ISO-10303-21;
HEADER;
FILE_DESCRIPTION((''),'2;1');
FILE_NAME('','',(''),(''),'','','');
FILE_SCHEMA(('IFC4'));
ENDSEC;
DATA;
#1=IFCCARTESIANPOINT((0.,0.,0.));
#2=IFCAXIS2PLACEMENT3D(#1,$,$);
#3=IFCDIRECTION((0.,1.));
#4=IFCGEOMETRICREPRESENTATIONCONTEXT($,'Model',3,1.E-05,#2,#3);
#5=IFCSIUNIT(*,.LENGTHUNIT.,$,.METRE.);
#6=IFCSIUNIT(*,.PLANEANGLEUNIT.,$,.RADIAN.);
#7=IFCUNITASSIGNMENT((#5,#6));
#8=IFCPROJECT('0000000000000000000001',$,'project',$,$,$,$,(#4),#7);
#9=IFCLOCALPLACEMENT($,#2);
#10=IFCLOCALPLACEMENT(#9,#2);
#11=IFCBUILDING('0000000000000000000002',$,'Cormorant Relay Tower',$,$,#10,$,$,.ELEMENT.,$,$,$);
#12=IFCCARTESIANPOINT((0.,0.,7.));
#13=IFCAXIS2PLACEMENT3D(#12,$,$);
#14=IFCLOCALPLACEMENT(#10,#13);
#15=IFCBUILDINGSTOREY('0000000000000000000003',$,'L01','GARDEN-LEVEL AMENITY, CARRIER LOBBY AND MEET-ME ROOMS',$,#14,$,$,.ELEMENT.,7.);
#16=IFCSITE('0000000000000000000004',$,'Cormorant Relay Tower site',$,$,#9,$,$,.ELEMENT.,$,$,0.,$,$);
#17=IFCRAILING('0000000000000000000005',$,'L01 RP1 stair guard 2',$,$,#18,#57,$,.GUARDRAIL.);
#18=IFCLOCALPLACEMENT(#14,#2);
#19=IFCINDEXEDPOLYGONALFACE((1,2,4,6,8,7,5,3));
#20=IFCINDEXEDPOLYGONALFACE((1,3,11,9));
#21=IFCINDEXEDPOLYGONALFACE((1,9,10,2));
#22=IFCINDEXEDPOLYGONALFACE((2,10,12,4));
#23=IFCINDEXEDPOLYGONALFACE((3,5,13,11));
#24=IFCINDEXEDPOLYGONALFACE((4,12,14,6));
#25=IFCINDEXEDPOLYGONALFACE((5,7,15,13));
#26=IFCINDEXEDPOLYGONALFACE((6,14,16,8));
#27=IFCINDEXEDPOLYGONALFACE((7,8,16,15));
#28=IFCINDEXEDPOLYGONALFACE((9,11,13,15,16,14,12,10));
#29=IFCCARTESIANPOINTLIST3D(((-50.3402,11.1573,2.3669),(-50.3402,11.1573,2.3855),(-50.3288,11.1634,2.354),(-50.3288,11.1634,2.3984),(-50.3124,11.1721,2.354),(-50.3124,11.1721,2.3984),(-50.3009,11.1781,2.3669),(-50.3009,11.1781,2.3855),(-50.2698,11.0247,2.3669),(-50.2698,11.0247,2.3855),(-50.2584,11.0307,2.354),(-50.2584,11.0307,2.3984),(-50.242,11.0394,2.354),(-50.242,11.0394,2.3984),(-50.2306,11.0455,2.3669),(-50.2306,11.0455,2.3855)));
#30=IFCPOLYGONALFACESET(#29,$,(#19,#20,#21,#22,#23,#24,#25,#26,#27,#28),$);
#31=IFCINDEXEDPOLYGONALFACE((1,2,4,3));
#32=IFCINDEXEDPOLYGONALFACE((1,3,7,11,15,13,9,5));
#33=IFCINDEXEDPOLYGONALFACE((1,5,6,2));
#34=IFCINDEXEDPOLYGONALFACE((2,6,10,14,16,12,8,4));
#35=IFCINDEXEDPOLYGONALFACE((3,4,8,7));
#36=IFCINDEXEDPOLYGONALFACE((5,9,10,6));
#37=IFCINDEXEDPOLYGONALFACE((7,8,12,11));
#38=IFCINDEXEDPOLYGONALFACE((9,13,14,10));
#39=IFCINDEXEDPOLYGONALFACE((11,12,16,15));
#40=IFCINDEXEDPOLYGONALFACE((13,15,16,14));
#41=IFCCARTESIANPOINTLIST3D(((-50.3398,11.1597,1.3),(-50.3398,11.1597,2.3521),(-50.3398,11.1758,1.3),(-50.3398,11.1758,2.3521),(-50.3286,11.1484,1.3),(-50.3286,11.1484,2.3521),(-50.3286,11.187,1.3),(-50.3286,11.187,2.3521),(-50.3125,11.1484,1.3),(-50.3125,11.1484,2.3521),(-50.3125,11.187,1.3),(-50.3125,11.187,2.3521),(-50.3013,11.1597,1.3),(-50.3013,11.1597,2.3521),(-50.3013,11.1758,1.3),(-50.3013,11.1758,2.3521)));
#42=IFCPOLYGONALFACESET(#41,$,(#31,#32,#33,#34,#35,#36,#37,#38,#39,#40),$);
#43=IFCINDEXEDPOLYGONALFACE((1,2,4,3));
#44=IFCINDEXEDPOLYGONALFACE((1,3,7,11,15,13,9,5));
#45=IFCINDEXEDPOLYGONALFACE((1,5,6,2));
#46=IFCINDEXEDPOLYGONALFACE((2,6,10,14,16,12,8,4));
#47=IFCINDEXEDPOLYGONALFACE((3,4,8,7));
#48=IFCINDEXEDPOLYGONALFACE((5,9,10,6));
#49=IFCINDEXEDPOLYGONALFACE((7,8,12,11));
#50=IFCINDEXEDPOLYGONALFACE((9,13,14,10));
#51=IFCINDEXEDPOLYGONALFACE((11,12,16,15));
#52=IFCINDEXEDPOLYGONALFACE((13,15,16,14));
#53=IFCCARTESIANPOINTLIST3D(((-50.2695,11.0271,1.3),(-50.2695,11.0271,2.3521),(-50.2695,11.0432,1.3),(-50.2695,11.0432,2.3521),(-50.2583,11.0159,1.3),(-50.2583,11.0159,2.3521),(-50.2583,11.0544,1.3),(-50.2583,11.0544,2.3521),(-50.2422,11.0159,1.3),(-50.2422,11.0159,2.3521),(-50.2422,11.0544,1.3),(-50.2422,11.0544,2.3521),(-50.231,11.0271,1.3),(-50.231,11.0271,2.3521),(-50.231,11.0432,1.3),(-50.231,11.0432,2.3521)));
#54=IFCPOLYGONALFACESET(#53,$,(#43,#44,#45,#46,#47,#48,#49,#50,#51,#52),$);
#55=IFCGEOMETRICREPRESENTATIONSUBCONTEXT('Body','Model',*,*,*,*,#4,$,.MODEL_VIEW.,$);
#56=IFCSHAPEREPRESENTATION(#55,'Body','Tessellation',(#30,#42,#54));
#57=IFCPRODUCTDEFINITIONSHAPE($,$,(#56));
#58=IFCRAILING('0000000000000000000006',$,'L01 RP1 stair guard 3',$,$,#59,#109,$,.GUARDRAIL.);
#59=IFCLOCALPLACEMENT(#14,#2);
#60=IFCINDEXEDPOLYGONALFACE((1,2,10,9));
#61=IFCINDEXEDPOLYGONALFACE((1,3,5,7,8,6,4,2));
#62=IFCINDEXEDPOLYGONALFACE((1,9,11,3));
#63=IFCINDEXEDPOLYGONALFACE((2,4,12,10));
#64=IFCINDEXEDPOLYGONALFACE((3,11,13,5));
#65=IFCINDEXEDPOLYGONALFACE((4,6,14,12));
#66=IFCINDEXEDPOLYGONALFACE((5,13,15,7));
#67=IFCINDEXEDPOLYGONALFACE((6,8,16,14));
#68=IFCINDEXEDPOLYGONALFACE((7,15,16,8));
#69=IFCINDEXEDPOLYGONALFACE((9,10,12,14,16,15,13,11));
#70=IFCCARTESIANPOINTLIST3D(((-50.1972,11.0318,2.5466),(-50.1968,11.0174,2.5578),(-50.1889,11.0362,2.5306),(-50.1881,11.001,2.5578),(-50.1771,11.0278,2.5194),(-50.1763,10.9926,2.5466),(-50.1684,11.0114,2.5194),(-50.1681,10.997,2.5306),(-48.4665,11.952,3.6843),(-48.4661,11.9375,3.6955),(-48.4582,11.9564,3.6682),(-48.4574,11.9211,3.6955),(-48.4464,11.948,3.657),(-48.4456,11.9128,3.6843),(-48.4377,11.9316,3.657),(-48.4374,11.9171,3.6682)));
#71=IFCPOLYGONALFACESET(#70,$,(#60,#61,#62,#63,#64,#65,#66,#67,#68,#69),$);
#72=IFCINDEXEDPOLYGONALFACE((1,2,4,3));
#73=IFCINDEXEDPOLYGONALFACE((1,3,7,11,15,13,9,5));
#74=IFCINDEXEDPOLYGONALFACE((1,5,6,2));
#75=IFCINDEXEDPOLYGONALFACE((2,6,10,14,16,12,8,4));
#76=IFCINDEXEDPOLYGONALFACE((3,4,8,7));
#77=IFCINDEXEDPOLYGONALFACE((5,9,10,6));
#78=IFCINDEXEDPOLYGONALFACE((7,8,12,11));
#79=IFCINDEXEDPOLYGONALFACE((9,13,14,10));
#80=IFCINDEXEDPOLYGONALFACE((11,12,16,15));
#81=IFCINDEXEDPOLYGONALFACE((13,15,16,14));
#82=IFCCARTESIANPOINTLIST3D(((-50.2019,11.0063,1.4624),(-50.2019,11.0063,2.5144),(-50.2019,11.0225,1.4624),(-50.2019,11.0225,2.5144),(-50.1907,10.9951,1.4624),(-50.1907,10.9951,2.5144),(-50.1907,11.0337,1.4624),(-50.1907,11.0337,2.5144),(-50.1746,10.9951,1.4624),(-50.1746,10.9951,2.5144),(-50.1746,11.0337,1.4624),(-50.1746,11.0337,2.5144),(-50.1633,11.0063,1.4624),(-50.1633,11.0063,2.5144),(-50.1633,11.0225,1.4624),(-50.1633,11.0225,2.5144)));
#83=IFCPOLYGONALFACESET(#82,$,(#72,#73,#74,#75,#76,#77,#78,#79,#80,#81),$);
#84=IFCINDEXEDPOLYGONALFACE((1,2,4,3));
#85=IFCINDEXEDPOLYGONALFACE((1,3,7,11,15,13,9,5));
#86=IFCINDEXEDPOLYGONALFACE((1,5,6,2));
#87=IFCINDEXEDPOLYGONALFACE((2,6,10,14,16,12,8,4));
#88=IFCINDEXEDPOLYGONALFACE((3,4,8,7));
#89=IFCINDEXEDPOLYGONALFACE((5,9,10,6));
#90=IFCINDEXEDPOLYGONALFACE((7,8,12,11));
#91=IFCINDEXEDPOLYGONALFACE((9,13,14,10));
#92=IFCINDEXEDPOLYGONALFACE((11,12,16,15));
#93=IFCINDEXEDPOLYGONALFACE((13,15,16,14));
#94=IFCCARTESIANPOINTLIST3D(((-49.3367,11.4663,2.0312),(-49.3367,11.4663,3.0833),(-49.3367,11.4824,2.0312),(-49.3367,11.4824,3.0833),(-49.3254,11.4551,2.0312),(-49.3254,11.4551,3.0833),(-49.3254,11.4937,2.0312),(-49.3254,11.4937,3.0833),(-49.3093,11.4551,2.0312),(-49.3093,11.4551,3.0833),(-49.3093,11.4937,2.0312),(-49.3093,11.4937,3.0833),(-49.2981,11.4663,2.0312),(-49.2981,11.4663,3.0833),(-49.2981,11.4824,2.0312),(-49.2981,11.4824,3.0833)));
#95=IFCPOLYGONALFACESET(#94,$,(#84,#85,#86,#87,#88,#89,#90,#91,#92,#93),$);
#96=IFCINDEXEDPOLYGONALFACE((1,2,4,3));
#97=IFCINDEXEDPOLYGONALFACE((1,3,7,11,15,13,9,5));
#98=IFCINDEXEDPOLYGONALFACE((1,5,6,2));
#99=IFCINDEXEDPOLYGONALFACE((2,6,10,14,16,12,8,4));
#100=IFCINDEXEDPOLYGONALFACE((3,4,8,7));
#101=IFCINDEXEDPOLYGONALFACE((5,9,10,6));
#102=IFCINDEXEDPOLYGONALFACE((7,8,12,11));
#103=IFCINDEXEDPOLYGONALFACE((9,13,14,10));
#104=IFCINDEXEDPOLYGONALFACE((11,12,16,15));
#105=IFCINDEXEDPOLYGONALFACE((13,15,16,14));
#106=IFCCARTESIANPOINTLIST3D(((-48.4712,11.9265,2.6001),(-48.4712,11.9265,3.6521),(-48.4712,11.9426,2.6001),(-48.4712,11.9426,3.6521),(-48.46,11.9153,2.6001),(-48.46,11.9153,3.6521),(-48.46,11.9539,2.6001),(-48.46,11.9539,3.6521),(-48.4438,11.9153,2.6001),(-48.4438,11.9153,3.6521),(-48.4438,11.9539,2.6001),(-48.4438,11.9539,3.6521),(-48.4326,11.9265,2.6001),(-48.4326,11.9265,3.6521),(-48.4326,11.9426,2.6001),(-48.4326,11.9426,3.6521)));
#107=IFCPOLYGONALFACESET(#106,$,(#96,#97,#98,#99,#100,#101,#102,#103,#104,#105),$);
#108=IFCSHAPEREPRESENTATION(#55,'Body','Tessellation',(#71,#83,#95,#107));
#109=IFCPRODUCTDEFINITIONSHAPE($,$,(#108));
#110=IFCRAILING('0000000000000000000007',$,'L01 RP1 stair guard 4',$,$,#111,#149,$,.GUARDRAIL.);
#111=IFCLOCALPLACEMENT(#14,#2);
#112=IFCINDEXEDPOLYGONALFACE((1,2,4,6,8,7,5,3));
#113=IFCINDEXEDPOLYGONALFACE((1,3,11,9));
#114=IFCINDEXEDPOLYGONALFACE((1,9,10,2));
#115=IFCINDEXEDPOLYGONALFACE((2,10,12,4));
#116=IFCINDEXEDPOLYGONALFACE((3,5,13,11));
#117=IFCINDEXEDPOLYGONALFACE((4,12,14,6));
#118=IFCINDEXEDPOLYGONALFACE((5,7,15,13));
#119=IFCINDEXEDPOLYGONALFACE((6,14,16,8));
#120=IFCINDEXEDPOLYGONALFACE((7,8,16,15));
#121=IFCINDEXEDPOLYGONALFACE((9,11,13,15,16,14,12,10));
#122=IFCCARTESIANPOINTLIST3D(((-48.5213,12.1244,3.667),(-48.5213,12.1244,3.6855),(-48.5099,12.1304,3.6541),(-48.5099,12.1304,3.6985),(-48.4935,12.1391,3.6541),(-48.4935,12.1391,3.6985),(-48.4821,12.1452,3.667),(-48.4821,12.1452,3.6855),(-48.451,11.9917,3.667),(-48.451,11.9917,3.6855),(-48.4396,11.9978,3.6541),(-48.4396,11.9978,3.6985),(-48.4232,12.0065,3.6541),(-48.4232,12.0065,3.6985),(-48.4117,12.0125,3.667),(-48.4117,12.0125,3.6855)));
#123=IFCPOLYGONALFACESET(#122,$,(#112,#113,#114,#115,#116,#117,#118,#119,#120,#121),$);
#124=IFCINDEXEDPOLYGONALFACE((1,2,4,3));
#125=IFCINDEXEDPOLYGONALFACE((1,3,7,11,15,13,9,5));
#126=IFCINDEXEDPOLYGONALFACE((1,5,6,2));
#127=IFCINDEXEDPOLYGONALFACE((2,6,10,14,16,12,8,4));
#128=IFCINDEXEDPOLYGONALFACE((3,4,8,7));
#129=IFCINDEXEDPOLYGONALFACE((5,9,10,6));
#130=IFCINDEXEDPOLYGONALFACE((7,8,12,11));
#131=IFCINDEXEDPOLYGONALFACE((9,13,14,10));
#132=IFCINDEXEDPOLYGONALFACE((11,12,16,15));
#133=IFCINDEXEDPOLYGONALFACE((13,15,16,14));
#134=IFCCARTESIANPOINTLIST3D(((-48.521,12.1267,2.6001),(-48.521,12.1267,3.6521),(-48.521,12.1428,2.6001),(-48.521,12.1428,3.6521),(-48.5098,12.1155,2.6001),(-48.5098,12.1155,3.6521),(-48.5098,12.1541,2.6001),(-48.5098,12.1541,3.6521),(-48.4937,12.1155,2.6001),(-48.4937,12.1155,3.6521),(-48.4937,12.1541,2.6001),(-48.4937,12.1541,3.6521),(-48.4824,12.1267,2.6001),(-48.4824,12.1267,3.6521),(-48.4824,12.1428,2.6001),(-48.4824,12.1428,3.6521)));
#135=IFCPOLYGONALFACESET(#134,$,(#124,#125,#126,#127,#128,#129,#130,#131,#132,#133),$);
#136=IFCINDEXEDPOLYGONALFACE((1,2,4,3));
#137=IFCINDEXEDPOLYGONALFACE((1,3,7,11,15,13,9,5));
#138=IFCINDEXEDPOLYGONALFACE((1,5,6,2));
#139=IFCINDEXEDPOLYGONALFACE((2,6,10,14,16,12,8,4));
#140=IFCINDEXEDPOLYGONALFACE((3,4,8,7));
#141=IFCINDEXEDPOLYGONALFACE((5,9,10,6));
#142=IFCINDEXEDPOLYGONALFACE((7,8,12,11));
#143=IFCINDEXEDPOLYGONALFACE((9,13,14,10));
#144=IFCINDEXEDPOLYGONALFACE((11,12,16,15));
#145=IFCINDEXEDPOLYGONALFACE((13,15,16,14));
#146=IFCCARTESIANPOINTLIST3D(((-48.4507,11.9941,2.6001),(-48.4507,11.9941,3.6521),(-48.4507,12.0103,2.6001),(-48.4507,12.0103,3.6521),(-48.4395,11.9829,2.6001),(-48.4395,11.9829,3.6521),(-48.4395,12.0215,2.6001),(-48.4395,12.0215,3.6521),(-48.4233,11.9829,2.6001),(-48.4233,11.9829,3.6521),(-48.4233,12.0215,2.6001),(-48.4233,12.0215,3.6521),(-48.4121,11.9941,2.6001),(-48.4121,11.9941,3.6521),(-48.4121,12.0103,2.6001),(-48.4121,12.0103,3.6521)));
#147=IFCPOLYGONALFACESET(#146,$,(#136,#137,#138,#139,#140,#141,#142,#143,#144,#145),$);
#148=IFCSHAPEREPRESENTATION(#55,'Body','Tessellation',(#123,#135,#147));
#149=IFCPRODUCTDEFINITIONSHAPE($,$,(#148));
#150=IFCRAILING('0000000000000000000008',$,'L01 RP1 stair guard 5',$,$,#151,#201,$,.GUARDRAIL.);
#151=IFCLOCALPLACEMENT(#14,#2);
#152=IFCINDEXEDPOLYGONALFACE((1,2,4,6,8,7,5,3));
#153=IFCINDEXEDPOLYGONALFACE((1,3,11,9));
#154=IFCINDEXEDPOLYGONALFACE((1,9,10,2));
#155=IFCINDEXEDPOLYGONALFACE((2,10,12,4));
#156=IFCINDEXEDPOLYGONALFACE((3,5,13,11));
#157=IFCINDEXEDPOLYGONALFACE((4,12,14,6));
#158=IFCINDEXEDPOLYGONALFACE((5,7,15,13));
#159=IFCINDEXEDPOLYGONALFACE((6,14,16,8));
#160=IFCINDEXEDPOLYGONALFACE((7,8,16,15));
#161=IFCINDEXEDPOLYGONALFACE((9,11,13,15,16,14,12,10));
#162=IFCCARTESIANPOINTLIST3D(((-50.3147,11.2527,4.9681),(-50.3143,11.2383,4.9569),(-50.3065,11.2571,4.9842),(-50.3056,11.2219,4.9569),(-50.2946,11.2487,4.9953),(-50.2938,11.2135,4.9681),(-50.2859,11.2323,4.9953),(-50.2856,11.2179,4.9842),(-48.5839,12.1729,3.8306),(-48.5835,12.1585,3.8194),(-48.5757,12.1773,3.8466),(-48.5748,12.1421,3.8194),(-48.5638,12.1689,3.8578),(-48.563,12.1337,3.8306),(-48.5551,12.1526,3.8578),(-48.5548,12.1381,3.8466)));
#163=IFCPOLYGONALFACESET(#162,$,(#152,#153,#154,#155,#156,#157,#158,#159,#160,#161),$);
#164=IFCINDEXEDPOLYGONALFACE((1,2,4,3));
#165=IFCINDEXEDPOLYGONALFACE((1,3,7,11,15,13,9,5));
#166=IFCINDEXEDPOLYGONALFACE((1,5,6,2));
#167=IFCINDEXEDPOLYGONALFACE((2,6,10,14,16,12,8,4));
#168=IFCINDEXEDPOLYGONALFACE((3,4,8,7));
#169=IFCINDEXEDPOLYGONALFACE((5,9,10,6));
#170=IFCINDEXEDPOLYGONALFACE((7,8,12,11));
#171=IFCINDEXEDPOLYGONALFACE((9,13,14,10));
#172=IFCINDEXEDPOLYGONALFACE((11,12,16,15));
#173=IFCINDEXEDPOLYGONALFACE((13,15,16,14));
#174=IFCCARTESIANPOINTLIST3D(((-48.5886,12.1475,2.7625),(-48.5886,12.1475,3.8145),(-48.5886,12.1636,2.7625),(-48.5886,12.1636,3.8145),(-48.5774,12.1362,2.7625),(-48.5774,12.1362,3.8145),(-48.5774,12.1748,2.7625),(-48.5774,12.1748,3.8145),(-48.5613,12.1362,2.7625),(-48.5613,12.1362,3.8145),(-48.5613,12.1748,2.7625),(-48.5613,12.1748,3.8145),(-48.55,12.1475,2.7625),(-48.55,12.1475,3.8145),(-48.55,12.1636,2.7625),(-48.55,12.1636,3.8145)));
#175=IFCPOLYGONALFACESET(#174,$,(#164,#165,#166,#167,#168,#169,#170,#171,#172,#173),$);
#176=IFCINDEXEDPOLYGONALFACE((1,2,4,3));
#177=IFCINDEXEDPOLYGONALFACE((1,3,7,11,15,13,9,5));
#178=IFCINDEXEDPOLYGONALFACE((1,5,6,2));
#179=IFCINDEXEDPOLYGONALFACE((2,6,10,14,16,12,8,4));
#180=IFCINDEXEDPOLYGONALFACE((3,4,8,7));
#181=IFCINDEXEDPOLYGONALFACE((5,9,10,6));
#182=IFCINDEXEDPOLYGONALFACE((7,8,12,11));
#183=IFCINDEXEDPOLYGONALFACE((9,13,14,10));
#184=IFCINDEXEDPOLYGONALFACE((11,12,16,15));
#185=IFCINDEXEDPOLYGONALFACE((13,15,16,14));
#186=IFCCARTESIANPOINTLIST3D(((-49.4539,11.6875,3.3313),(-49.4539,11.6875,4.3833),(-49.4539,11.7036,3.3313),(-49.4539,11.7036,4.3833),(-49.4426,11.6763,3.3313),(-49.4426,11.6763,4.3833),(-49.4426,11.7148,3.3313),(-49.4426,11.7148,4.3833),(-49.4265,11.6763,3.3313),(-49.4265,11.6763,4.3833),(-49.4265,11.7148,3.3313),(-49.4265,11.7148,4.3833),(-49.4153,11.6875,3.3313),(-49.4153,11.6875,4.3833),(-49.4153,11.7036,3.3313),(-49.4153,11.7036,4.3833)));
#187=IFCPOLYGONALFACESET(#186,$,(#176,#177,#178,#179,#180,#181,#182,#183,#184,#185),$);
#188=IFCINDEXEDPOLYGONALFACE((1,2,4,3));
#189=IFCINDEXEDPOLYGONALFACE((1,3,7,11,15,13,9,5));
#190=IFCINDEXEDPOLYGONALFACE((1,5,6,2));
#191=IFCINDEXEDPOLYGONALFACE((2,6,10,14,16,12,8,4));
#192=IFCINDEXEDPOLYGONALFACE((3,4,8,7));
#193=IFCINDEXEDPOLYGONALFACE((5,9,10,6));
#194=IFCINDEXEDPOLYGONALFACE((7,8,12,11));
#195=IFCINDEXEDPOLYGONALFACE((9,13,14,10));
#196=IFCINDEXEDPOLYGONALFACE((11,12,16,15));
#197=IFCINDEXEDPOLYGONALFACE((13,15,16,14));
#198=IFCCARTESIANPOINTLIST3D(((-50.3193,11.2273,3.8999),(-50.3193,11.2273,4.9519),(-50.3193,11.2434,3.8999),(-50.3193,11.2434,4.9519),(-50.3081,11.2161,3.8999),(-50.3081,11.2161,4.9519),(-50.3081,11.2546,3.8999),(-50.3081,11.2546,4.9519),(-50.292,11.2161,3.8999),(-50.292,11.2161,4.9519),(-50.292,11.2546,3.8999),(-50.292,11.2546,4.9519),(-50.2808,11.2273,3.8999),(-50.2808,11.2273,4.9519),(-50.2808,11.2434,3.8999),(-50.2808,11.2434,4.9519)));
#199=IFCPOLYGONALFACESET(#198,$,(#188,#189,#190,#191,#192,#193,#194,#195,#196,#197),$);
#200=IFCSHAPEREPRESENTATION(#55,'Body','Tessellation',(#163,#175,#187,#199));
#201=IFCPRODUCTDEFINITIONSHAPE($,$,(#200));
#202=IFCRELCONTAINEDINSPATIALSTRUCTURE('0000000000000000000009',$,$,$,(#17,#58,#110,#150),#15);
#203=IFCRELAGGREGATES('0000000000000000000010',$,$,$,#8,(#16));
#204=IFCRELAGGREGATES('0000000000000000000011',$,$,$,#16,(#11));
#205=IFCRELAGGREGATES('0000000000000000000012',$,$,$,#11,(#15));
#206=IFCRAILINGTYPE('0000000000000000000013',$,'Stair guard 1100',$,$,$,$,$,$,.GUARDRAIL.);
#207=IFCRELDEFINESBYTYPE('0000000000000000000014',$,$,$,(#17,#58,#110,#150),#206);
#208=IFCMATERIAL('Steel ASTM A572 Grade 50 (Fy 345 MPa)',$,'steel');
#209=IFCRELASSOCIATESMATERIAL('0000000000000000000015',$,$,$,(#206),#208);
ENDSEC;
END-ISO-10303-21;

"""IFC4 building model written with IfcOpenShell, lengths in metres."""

from ifc_helpers import new_model, si_unit, direction, frame, origin, place, context, subcontext, project, spatial, polyline, outline, extrude, material, type_object, element, save


model = new_model("IFC4")

# Units and contexts
model_context = context("Model", 3, precision=1e-05, world=origin(), true_north=direction((0.0, 1.0)))
body_context = subcontext(model_context, "Body", "Model", "MODEL_VIEW")
ifc_project = project(units=[si_unit("LENGTHUNIT", "METRE"), si_unit("PLANEANGLEUNIT", "RADIAN")], contexts=[model_context])

# Site, building, storey
site_placement = place(None, origin())
site = spatial("IfcSite", under=ifc_project, at=site_placement, Name="Cormorant Relay Tower site", CompositionType="ELEMENT", RefElevation=0.0)
building_placement = place(site_placement, origin())
building = spatial("IfcBuilding", under=site, at=building_placement, Name="Cormorant Relay Tower", CompositionType="ELEMENT")
storey_placement = place(building_placement, frame((0.0, 0.0, 7.0)))
storey = spatial("IfcBuildingStorey", under=building, at=storey_placement, Name="L01", Description="GARDEN-LEVEL AMENITY, CARRIER LOBBY AND MEET-ME ROOMS", CompositionType="ELEMENT", Elevation=7.0)

# Railings
ifc_material_1 = material(Name="Steel ASTM A572 Grade 50 (Fy 345 MPa)", Category="steel")
railing_type_1 = type_object("IfcRailingType", Name="Stair guard 1100", PredefinedType="GUARDRAIL", material=ifc_material_1)
railing_1_placement = place(storey_placement, frame((-50.3206, 11.1677, 1.3)))
element("IfcRailing", 1, at=railing_1_placement, inside=storey, type_object=railing_type_1, Name="L01 RP1 stair guard 2", PredefinedType="GUARDRAIL", context=body_context, shape_type="SweptSolid", body=[
    extrude(outline(polyline([(0.0222, 0.0093), (0.0093, 0.0222), (-0.0093, 0.0222), (-0.0222, 0.0093), (-0.0222, -0.0093), (-0.0093, -0.0222), (0.0093, -0.0222), (0.0222, -0.0093), (0.0222, 0.0093)])), frame((0.0, 0.0, 1.0762), z_axis=(0.46856, -0.883431, 0.0), x_axis=(0.883431, 0.46856, 0.0)), (0.0, 0.0, 1.0), 0.1501),
    extrude(outline(polyline([(0.0193, 0.0081), (0.0081, 0.0193), (-0.0081, 0.0193), (-0.0193, 0.0081), (-0.0193, -0.0081), (-0.0081, -0.0193), (0.0081, -0.0193), (0.0193, -0.0081), (0.0193, 0.0081)])), origin(), (0.0, 0.0, 1.0), 1.052),
    extrude(outline(polyline([(0.0193, 0.0081), (0.0081, 0.0193), (-0.0081, 0.0193), (-0.0193, 0.0081), (-0.0193, -0.0081), (-0.0081, -0.0193), (0.0081, -0.0193), (0.0193, -0.0081), (0.0193, 0.0081)])), frame((0.0703, -0.1326, 0.0)), (0.0, 0.0, 1.0), 1.052),
])
railing_2_placement = place(storey_placement, frame((-50.1826, 11.0144, 1.4624)))
element("IfcRailing", 2, at=railing_2_placement, inside=storey, type_object=railing_type_1, Name="L01 RP1 stair guard 3", PredefinedType="GUARDRAIL", context=body_context, shape_type="SweptSolid", body=[
    extrude(outline(polyline([(0.0222, 0.0093), (0.0093, 0.0222), (-0.0093, 0.0222), (-0.0222, 0.0093), (-0.0222, -0.0093), (-0.0093, -0.0222), (0.0093, -0.0222), (0.0222, -0.0093), (0.0222, 0.0093)])), frame((0.0, 0.0, 1.0762), z_axis=(0.76365, 0.406009, 0.501991), x_axis=(-0.469444, 0.882962, 0.0)), (0.0, 0.0, 1.0), 2.2664),
    extrude(outline(polyline([(0.0193, 0.0081), (0.0081, 0.0193), (-0.0081, 0.0193), (-0.0193, 0.0081), (-0.0193, -0.0081), (-0.0081, -0.0193), (0.0081, -0.0193), (0.0193, -0.0081), (0.0193, 0.0081)])), origin(), (0.0, 0.0, 1.0), 1.052),
    extrude(outline(polyline([(0.0193, 0.0081), (0.0081, 0.0193), (-0.0081, 0.0193), (-0.0193, 0.0081), (-0.0193, -0.0081), (-0.0081, -0.0193), (0.0081, -0.0193), (0.0193, -0.0081), (0.0193, 0.0081)])), frame((0.8652, 0.46, 0.5688)), (0.0, 0.0, 1.0), 1.052),
    extrude(outline(polyline([(0.0193, 0.0081), (0.0081, 0.0193), (-0.0081, 0.0193), (-0.0193, 0.0081), (-0.0193, -0.0081), (-0.0081, -0.0193), (0.0081, -0.0193), (0.0193, -0.0081), (0.0193, 0.0081)])), frame((1.7307, 0.9202, 1.1377)), (0.0, 0.0, 1.0), 1.052),
])
railing_3_placement = place(storey_placement, frame((-48.5017, 12.1348, 2.6001)))
element("IfcRailing", 3, at=railing_3_placement, inside=storey, type_object=railing_type_1, Name="L01 RP1 stair guard 4", PredefinedType="GUARDRAIL", context=body_context, shape_type="SweptSolid", body=[
    extrude(outline(polyline([(0.0222, 0.0093), (0.0093, 0.0222), (-0.0093, 0.0222), (-0.0222, 0.0093), (-0.0222, -0.0093), (-0.0093, -0.0222), (0.0093, -0.0222), (0.0222, -0.0093), (0.0222, 0.0093)])), frame((0.0, 0.0, 1.0762), z_axis=(0.46856, -0.883431, 0.0), x_axis=(0.883431, 0.46856, 0.0)), (0.0, 0.0, 1.0), 0.1501),
    extrude(outline(polyline([(0.0193, 0.0081), (0.0081, 0.0193), (-0.0081, 0.0193), (-0.0193, 0.0081), (-0.0193, -0.0081), (-0.0081, -0.0193), (0.0081, -0.0193), (0.0193, -0.0081), (0.0193, 0.0081)])), origin(), (0.0, 0.0, 1.0), 1.052),
    extrude(outline(polyline([(0.0193, 0.0081), (0.0081, 0.0193), (-0.0081, 0.0193), (-0.0193, 0.0081), (-0.0193, -0.0081), (-0.0081, -0.0193), (0.0081, -0.0193), (0.0193, -0.0081), (0.0193, 0.0081)])), frame((0.0703, -0.1326, 0.0)), (0.0, 0.0, 1.0), 1.052),
])
railing_4_placement = place(storey_placement, frame((-48.5693, 12.1555, 2.7625)))
element("IfcRailing", 4, at=railing_4_placement, inside=storey, type_object=railing_type_1, Name="L01 RP1 stair guard 5", PredefinedType="GUARDRAIL", context=body_context, shape_type="SweptSolid", body=[
    extrude(outline(polyline([(0.0222, 0.0093), (0.0093, 0.0222), (-0.0093, 0.0222), (-0.0222, 0.0093), (-0.0222, -0.0093), (-0.0093, -0.0222), (0.0093, -0.0222), (0.0222, -0.0093), (0.0222, 0.0093)])), frame((0.0, 0.0, 1.0762), z_axis=(-0.763692, -0.406031, 0.50191), x_axis=(0.469444, -0.882962, 0.0)), (0.0, 0.0, 1.0), 2.2664),
    extrude(outline(polyline([(0.0193, 0.0081), (0.0081, 0.0193), (-0.0081, 0.0193), (-0.0193, 0.0081), (-0.0193, -0.0081), (-0.0081, -0.0193), (0.0081, -0.0193), (0.0193, -0.0081), (0.0193, 0.0081)])), origin(), (0.0, 0.0, 1.0), 1.052),
    extrude(outline(polyline([(0.0193, 0.0081), (0.0081, 0.0193), (-0.0081, 0.0193), (-0.0193, 0.0081), (-0.0193, -0.0081), (-0.0081, -0.0193), (0.0081, -0.0193), (0.0193, -0.0081), (0.0193, 0.0081)])), frame((-0.8652, -0.46, 0.5688)), (0.0, 0.0, 1.0), 1.052),
    extrude(outline(polyline([(0.0193, 0.0081), (0.0081, 0.0193), (-0.0081, 0.0193), (-0.0193, 0.0081), (-0.0193, -0.0081), (-0.0081, -0.0193), (0.0081, -0.0193), (0.0193, -0.0081), (0.0193, 0.0081)])), frame((-1.7307, -0.9202, 1.1375)), (0.0, 0.0, 1.0), 1.052),
])

save(model, "model.ifc")
